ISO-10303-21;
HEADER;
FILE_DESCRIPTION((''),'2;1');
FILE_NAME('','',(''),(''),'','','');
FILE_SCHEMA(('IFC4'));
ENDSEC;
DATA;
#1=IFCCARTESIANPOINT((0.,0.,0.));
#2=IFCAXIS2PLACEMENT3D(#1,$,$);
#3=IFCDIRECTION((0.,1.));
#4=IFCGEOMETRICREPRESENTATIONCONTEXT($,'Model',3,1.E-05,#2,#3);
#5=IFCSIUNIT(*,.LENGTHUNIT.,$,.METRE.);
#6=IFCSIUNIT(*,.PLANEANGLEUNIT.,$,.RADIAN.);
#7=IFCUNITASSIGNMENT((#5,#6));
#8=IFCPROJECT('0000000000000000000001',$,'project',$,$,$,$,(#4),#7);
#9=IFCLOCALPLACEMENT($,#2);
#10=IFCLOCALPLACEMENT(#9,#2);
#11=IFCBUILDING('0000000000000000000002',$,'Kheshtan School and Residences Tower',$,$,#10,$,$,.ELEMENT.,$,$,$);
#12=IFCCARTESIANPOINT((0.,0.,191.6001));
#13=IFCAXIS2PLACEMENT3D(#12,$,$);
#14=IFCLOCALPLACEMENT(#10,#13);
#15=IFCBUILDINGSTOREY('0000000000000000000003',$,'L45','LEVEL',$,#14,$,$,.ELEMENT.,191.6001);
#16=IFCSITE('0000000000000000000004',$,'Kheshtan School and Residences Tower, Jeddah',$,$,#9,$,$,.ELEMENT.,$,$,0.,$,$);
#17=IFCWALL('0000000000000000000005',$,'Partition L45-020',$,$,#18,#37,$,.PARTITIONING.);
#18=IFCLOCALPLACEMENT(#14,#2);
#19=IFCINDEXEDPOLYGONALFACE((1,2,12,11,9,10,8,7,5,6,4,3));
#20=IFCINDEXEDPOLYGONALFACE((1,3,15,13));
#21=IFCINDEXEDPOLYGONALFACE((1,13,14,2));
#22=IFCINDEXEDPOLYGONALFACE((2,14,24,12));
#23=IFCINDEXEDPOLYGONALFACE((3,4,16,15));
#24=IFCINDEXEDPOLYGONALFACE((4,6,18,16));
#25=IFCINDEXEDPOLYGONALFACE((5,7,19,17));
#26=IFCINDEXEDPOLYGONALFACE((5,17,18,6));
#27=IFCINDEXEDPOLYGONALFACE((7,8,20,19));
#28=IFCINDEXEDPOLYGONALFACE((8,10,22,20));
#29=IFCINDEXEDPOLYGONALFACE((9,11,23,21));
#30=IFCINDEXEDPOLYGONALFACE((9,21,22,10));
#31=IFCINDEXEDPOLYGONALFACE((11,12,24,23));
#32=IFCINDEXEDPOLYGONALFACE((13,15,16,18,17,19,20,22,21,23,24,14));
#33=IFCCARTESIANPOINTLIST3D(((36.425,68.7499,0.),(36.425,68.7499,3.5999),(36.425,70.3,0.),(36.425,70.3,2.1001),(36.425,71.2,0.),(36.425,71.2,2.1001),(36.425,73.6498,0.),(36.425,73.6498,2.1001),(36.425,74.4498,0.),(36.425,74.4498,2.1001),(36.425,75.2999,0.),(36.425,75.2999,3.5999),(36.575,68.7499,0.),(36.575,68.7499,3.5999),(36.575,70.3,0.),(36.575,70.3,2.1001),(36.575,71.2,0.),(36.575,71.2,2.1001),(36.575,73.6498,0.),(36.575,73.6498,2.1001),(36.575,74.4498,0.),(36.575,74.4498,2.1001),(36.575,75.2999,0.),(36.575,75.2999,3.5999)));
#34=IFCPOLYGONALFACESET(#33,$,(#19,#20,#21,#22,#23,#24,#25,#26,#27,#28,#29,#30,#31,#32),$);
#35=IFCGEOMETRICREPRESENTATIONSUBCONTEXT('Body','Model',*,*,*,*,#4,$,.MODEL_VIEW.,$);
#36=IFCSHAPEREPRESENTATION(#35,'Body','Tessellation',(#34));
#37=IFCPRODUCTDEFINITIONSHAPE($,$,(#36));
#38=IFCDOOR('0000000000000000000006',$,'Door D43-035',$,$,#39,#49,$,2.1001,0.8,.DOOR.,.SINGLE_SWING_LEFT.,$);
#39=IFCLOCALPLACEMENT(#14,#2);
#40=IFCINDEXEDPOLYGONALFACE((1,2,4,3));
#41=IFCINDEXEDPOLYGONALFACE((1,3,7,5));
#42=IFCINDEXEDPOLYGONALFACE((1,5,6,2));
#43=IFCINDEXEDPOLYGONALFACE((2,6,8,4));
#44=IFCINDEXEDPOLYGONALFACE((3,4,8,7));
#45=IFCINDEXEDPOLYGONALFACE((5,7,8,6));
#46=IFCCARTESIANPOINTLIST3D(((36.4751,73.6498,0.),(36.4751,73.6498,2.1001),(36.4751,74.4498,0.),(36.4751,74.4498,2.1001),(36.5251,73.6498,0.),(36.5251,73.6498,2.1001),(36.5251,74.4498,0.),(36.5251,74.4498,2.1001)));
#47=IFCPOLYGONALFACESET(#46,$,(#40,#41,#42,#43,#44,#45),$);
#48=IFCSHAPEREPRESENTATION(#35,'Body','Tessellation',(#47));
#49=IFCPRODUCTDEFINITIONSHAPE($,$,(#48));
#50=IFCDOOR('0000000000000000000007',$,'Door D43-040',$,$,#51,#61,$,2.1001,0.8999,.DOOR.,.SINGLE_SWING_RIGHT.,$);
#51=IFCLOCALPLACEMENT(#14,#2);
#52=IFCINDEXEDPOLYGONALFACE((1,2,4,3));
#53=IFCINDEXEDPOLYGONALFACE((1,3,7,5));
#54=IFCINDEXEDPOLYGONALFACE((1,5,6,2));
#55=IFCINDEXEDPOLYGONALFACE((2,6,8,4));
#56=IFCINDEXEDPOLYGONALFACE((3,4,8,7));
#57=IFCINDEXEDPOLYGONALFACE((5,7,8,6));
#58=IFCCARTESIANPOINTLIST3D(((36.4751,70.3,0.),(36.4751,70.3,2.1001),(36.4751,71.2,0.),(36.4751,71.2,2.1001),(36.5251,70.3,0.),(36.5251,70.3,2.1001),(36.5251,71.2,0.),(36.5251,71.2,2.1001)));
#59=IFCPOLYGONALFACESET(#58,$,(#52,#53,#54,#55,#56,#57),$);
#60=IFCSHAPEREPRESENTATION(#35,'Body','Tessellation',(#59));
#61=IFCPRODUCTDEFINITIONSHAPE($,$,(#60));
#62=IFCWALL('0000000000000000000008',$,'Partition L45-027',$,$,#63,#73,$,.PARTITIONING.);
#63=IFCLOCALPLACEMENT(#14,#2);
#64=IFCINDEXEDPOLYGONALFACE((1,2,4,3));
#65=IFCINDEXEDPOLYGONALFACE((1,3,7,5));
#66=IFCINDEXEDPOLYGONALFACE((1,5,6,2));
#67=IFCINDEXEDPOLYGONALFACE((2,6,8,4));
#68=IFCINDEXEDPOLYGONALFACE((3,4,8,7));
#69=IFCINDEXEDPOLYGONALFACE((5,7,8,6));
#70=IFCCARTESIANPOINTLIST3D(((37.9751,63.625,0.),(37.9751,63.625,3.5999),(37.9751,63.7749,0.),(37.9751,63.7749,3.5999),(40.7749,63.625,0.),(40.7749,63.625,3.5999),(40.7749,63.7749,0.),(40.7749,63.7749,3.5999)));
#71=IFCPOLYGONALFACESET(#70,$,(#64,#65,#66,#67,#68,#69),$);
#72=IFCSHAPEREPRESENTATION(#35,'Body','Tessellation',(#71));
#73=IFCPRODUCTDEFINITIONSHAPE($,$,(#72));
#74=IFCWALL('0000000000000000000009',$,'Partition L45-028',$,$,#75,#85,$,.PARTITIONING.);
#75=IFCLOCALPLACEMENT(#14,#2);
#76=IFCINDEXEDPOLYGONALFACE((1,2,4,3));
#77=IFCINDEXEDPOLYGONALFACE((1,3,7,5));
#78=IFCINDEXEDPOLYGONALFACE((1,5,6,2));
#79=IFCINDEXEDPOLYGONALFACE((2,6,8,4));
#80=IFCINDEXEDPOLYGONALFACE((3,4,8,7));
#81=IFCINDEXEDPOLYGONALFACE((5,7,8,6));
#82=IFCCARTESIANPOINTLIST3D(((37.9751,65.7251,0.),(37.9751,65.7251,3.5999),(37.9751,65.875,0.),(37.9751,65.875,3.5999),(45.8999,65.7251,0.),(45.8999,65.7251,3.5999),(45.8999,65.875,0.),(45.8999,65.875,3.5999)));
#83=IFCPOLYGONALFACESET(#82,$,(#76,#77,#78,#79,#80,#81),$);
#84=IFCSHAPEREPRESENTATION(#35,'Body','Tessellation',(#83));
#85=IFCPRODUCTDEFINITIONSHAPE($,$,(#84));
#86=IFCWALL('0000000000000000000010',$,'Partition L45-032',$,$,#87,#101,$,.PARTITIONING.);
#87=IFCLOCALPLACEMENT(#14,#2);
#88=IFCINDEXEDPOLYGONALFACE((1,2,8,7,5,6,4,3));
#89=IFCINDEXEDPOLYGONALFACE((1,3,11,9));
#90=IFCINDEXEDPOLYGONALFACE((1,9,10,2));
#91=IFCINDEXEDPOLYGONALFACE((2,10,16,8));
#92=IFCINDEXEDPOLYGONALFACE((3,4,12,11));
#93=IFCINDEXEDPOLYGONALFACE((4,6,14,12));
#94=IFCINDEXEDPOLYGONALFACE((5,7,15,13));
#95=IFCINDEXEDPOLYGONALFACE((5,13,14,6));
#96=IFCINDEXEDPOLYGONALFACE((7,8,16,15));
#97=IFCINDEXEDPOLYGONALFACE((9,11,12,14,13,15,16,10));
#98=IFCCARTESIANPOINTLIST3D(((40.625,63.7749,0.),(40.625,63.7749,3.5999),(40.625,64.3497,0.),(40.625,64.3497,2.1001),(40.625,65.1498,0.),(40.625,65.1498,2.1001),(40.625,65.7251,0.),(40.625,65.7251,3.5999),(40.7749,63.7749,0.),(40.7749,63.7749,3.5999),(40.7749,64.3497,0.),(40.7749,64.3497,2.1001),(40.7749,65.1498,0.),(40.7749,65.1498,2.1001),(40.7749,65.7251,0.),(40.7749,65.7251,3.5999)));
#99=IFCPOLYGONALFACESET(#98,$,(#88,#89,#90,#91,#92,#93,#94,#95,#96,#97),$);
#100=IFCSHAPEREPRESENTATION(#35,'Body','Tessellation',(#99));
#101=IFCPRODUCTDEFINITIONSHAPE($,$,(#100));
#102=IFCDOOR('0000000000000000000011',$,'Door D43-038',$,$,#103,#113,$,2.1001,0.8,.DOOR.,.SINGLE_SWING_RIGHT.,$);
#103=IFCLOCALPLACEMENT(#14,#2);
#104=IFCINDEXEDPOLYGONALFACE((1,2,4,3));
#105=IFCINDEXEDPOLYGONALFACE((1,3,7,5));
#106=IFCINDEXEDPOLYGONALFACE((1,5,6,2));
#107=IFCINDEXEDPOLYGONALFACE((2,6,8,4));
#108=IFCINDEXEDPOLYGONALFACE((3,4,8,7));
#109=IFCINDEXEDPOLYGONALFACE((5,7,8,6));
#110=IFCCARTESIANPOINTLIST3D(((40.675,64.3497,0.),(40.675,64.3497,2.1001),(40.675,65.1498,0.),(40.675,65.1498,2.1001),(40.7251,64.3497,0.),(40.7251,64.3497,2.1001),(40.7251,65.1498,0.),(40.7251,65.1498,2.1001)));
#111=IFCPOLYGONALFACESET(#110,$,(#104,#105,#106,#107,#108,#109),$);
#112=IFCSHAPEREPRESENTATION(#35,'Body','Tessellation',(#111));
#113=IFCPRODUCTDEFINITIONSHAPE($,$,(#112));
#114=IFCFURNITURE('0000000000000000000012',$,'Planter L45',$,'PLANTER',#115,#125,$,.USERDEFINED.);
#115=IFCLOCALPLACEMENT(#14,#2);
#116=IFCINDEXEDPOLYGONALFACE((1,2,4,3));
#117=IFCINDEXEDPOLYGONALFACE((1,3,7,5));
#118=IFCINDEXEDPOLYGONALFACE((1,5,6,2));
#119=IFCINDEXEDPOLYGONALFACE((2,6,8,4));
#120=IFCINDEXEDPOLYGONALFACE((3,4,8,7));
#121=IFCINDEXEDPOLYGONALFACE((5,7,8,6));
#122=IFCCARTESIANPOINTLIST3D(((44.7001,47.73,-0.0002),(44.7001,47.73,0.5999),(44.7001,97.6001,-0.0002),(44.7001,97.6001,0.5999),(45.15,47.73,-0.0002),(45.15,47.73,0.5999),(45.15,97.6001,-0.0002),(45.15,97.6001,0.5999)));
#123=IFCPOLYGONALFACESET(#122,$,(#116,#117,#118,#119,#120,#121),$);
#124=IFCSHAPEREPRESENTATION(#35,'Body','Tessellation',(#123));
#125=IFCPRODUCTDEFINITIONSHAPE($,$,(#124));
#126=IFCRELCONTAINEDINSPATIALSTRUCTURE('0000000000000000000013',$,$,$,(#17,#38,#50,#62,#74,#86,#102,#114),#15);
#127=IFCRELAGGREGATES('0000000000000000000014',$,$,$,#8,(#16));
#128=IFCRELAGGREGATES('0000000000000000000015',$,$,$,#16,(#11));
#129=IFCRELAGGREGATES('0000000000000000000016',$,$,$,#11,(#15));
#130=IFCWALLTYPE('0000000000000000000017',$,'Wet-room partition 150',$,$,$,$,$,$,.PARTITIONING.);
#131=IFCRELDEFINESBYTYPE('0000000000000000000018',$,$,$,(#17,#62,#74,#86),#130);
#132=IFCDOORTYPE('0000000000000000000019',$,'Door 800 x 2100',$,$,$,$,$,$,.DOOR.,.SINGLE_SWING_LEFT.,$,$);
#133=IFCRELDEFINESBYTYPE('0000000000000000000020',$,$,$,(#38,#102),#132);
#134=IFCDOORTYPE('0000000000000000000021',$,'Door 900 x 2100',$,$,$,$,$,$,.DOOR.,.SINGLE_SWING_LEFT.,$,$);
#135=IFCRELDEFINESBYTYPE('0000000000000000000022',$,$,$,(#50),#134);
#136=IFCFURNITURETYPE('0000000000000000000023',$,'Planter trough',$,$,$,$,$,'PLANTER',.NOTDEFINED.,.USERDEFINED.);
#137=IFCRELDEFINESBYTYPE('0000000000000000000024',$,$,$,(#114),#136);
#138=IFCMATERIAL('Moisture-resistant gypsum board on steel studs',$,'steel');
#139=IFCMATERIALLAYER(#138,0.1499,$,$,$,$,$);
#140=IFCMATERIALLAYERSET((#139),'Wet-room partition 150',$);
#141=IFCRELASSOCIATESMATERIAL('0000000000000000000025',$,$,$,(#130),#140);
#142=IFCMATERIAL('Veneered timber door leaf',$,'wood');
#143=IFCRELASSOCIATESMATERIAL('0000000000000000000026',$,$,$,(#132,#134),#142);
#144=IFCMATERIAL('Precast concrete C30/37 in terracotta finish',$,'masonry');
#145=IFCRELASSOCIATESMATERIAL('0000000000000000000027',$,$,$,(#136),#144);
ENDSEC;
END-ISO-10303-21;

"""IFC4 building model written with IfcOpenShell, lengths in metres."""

from ifc_helpers import new_model, si_unit, direction, frame, frame_2d, origin, origin_2d, place, context, subcontext, project, spatial, rectangle, extrude, source, transform, mapped, material, layer, layer_set, type_object, element, fill, save


model = new_model("IFC4")

# Units and contexts
model_context = context("Model", 3, precision=1e-05, world=origin(), true_north=direction((0.0, 1.0)))
body_context = subcontext(model_context, "Body", "Model", "MODEL_VIEW")
ifc_project = project(units=[si_unit("LENGTHUNIT", "METRE"), si_unit("PLANEANGLEUNIT", "RADIAN")], contexts=[model_context])

# Site, building, storey
site_placement = place(None, origin())
site = spatial("IfcSite", under=ifc_project, at=site_placement, Name="Kheshtan School and Residences Tower, Jeddah", CompositionType="ELEMENT", RefElevation=0.0)
building_placement = place(site_placement, origin())
building = spatial("IfcBuilding", under=site, at=building_placement, Name="Kheshtan School and Residences Tower", CompositionType="ELEMENT")
storey_placement = place(building_placement, frame((0.0, 0.0, 191.6001)))
storey = spatial("IfcBuildingStorey", under=building, at=storey_placement, Name="L45", Description="LEVEL", CompositionType="ELEMENT", Elevation=191.6001)

# Shared definitions
ifc_material_1 = material(Name="Moisture-resistant gypsum board on steel studs", Category="steel")
ifc_layer_1 = layer(ifc_material_1, 0.1499)
ifc_layer_set_1 = layer_set([ifc_layer_1], Name="Wet-room partition 150")
wall_type_1 = type_object("IfcWallType", Name="Wet-room partition 150", PredefinedType="PARTITIONING", material=ifc_layer_set_1)

# Wall, openings, doors
wall_1_placement = place(storey_placement, frame((36.5, 68.75, 0.0), z_axis=(0.0, 0.0, 1.0), x_axis=(0.0, 1.0, 0.0)))
wall_1 = element("IfcWall", 1, at=wall_1_placement, inside=storey, type_object=wall_type_1, Name="Partition L45-020", PredefinedType="PARTITIONING", context=body_context, shape_type="SweptSolid", body=[
    extrude(rectangle(XDim=6.55, YDim=0.1499, at=frame_2d((3.2749, 0.0))), origin(), (0.0, 0.0, 1.0), 3.5999),
])
opening_1_placement = place(wall_1_placement, frame((4.8999, 0.0, 0.0)))
opening_1 = element("IfcOpeningElement", 2, at=opening_1_placement, cuts=wall_1, PredefinedType="OPENING", context=body_context, shape_type="SweptSolid", body=[
    extrude(rectangle(XDim=0.8, YDim=2.1001, at=frame_2d((0.3999, 1.05))), frame((0.0, 0.085, 0.0), z_axis=(0.0, -1.0, 0.0), x_axis=(1.0, 0.0, 0.0)), (0.0, 0.0, 1.0), 0.1699),
])
opening_2_placement = place(wall_1_placement, frame((1.55, 0.0, 0.0)))
opening_2 = element("IfcOpeningElement", 3, at=opening_2_placement, cuts=wall_1, PredefinedType="OPENING", context=body_context, shape_type="SweptSolid", body=[
    extrude(rectangle(XDim=0.8999, YDim=2.1001, at=frame_2d((0.45, 1.05))), frame((0.0, 0.085, 0.0), z_axis=(0.0, -1.0, 0.0), x_axis=(1.0, 0.0, 0.0)), (0.0, 0.0, 1.0), 0.1699),
])
ifc_material_2 = material(Name="Veneered timber door leaf", Category="wood")
door_type_1 = type_object("IfcDoorType", Name="Door 800 x 2100", OperationType="SINGLE_SWING_LEFT", PredefinedType="DOOR", material=ifc_material_2)
shared_shape_1 = source(origin(), body_context, "Body", "SweptSolid", [
    extrude(rectangle(XDim=0.8, YDim=2.1001, at=frame_2d((0.3999, 1.05))), frame((0.0, 0.0249, 0.0), z_axis=(0.0, -1.0, 0.0), x_axis=(1.0, 0.0, 0.0)), (0.0, 0.0, 1.0), 0.05),
])
door_1_placement = place(opening_1_placement, origin())
door_1 = element("IfcDoor", 4, at=door_1_placement, inside=storey, type_object=door_type_1, Name="Door D43-035", OperationType="SINGLE_SWING_LEFT", OverallHeight=2.1001, OverallWidth=0.8, PredefinedType="DOOR", context=body_context, shape_type="MappedRepresentation", body=[
    mapped(shared_shape_1, transform((0.0, 0.0, 0.0), x_axis=(1.0, 0.0, 0.0), y_axis=(0.0, 1.0, 0.0), z_axis=(0.0, 0.0, 1.0), scale=1.0)),
])
fill(opening_1, door_1)
door_type_2 = type_object("IfcDoorType", Name="Door 900 x 2100", OperationType="SINGLE_SWING_LEFT", PredefinedType="DOOR", material=ifc_material_2)
shared_shape_2 = source(origin(), body_context, "Body", "SweptSolid", [
    extrude(rectangle(XDim=0.8999, YDim=2.1001, at=frame_2d((0.45, 1.05))), frame((0.0, 0.0249, 0.0), z_axis=(0.0, -1.0, 0.0), x_axis=(1.0, 0.0, 0.0)), (0.0, 0.0, 1.0), 0.05),
])
door_2_placement = place(opening_2_placement, origin())
door_2 = element("IfcDoor", 5, at=door_2_placement, inside=storey, type_object=door_type_2, Name="Door D43-040", OperationType="SINGLE_SWING_RIGHT", OverallHeight=2.1001, OverallWidth=0.8999, PredefinedType="DOOR", context=body_context, shape_type="MappedRepresentation", body=[
    mapped(shared_shape_2, transform((0.0, 0.0, 0.0), x_axis=(1.0, 0.0, 0.0), y_axis=(0.0, 1.0, 0.0), z_axis=(0.0, 0.0, 1.0), scale=1.0)),
])
fill(opening_2, door_2)

# Walls
wall_2_placement = place(storey_placement, frame((37.9751, 63.7, 0.0), z_axis=(0.0, 0.0, 1.0), x_axis=(1.0, 0.0, 0.0)))
element("IfcWall", 6, at=wall_2_placement, inside=storey, type_object=wall_type_1, Name="Partition L45-027", PredefinedType="PARTITIONING", context=body_context, shape_type="SweptSolid", body=[
    extrude(rectangle(XDim=2.7998, YDim=0.1499, at=frame_2d((1.3999, 0.0))), origin(), (0.0, 0.0, 1.0), 3.5999),
])
wall_3_placement = place(storey_placement, frame((37.9751, 65.8, 0.0), z_axis=(0.0, 0.0, 1.0), x_axis=(1.0, 0.0, 0.0)))
element("IfcWall", 7, at=wall_3_placement, inside=storey, type_object=wall_type_1, Name="Partition L45-028", PredefinedType="PARTITIONING", context=body_context, shape_type="SweptSolid", body=[
    extrude(rectangle(XDim=7.9248, YDim=0.1499, at=frame_2d((3.9624, 0.0))), origin(), (0.0, 0.0, 1.0), 3.5999),
])

# Wall, opening, door
wall_4_placement = place(storey_placement, frame((40.7, 63.7749, 0.0), z_axis=(0.0, 0.0, 1.0), x_axis=(0.0, 1.0, 0.0)))
wall_4 = element("IfcWall", 8, at=wall_4_placement, inside=storey, type_object=wall_type_1, Name="Partition L45-032", PredefinedType="PARTITIONING", context=body_context, shape_type="SweptSolid", body=[
    extrude(rectangle(XDim=1.9502, YDim=0.1499, at=frame_2d((0.9751, 0.0))), origin(), (0.0, 0.0, 1.0), 3.5999),
])
opening_3_placement = place(wall_4_placement, frame((0.575, 0.0, 0.0)))
opening_3 = element("IfcOpeningElement", 9, at=opening_3_placement, cuts=wall_4, PredefinedType="OPENING", context=body_context, shape_type="SweptSolid", body=[
    extrude(rectangle(XDim=0.8, YDim=2.1001, at=frame_2d((0.3999, 1.05))), frame((0.0, 0.085, 0.0), z_axis=(0.0, -1.0, 0.0), x_axis=(1.0, 0.0, 0.0)), (0.0, 0.0, 1.0), 0.1699),
])
door_3_placement = place(opening_3_placement, origin())
door_3 = element("IfcDoor", 10, at=door_3_placement, inside=storey, type_object=door_type_1, Name="Door D43-038", OperationType="SINGLE_SWING_RIGHT", OverallHeight=2.1001, OverallWidth=0.8, PredefinedType="DOOR", context=body_context, shape_type="MappedRepresentation", body=[
    mapped(shared_shape_1, transform((0.0, 0.0, 0.0), x_axis=(1.0, 0.0, 0.0), y_axis=(0.0, 1.0, 0.0), z_axis=(0.0, 0.0, 1.0), scale=1.0)),
])
fill(opening_3, door_3)

# Furniture
ifc_material_3 = material(Name="Precast concrete C30/37 in terracotta finish", Category="masonry")
furniture_type = type_object("IfcFurnitureType", Name="Planter trough", ElementType="PLANTER", AssemblyPlace="NOTDEFINED", PredefinedType="USERDEFINED", material=ifc_material_3)
furniture_placement = place(storey_placement, frame((44.925, 72.665, -0.0002), z_axis=(0.0, 0.0, 1.0), x_axis=(0.0, -1.0, 0.0)))
element("IfcFurniture", 11, at=furniture_placement, inside=storey, type_object=furniture_type, Name="Planter L45", ObjectType="PLANTER", PredefinedType="USERDEFINED", context=body_context, shape_type="SweptSolid", body=[
    extrude(rectangle(XDim=49.8701, YDim=0.45, at=origin_2d()), origin(), (0.0, 0.0, 1.0), 0.6001),
])

save(model, "model.ifc")
